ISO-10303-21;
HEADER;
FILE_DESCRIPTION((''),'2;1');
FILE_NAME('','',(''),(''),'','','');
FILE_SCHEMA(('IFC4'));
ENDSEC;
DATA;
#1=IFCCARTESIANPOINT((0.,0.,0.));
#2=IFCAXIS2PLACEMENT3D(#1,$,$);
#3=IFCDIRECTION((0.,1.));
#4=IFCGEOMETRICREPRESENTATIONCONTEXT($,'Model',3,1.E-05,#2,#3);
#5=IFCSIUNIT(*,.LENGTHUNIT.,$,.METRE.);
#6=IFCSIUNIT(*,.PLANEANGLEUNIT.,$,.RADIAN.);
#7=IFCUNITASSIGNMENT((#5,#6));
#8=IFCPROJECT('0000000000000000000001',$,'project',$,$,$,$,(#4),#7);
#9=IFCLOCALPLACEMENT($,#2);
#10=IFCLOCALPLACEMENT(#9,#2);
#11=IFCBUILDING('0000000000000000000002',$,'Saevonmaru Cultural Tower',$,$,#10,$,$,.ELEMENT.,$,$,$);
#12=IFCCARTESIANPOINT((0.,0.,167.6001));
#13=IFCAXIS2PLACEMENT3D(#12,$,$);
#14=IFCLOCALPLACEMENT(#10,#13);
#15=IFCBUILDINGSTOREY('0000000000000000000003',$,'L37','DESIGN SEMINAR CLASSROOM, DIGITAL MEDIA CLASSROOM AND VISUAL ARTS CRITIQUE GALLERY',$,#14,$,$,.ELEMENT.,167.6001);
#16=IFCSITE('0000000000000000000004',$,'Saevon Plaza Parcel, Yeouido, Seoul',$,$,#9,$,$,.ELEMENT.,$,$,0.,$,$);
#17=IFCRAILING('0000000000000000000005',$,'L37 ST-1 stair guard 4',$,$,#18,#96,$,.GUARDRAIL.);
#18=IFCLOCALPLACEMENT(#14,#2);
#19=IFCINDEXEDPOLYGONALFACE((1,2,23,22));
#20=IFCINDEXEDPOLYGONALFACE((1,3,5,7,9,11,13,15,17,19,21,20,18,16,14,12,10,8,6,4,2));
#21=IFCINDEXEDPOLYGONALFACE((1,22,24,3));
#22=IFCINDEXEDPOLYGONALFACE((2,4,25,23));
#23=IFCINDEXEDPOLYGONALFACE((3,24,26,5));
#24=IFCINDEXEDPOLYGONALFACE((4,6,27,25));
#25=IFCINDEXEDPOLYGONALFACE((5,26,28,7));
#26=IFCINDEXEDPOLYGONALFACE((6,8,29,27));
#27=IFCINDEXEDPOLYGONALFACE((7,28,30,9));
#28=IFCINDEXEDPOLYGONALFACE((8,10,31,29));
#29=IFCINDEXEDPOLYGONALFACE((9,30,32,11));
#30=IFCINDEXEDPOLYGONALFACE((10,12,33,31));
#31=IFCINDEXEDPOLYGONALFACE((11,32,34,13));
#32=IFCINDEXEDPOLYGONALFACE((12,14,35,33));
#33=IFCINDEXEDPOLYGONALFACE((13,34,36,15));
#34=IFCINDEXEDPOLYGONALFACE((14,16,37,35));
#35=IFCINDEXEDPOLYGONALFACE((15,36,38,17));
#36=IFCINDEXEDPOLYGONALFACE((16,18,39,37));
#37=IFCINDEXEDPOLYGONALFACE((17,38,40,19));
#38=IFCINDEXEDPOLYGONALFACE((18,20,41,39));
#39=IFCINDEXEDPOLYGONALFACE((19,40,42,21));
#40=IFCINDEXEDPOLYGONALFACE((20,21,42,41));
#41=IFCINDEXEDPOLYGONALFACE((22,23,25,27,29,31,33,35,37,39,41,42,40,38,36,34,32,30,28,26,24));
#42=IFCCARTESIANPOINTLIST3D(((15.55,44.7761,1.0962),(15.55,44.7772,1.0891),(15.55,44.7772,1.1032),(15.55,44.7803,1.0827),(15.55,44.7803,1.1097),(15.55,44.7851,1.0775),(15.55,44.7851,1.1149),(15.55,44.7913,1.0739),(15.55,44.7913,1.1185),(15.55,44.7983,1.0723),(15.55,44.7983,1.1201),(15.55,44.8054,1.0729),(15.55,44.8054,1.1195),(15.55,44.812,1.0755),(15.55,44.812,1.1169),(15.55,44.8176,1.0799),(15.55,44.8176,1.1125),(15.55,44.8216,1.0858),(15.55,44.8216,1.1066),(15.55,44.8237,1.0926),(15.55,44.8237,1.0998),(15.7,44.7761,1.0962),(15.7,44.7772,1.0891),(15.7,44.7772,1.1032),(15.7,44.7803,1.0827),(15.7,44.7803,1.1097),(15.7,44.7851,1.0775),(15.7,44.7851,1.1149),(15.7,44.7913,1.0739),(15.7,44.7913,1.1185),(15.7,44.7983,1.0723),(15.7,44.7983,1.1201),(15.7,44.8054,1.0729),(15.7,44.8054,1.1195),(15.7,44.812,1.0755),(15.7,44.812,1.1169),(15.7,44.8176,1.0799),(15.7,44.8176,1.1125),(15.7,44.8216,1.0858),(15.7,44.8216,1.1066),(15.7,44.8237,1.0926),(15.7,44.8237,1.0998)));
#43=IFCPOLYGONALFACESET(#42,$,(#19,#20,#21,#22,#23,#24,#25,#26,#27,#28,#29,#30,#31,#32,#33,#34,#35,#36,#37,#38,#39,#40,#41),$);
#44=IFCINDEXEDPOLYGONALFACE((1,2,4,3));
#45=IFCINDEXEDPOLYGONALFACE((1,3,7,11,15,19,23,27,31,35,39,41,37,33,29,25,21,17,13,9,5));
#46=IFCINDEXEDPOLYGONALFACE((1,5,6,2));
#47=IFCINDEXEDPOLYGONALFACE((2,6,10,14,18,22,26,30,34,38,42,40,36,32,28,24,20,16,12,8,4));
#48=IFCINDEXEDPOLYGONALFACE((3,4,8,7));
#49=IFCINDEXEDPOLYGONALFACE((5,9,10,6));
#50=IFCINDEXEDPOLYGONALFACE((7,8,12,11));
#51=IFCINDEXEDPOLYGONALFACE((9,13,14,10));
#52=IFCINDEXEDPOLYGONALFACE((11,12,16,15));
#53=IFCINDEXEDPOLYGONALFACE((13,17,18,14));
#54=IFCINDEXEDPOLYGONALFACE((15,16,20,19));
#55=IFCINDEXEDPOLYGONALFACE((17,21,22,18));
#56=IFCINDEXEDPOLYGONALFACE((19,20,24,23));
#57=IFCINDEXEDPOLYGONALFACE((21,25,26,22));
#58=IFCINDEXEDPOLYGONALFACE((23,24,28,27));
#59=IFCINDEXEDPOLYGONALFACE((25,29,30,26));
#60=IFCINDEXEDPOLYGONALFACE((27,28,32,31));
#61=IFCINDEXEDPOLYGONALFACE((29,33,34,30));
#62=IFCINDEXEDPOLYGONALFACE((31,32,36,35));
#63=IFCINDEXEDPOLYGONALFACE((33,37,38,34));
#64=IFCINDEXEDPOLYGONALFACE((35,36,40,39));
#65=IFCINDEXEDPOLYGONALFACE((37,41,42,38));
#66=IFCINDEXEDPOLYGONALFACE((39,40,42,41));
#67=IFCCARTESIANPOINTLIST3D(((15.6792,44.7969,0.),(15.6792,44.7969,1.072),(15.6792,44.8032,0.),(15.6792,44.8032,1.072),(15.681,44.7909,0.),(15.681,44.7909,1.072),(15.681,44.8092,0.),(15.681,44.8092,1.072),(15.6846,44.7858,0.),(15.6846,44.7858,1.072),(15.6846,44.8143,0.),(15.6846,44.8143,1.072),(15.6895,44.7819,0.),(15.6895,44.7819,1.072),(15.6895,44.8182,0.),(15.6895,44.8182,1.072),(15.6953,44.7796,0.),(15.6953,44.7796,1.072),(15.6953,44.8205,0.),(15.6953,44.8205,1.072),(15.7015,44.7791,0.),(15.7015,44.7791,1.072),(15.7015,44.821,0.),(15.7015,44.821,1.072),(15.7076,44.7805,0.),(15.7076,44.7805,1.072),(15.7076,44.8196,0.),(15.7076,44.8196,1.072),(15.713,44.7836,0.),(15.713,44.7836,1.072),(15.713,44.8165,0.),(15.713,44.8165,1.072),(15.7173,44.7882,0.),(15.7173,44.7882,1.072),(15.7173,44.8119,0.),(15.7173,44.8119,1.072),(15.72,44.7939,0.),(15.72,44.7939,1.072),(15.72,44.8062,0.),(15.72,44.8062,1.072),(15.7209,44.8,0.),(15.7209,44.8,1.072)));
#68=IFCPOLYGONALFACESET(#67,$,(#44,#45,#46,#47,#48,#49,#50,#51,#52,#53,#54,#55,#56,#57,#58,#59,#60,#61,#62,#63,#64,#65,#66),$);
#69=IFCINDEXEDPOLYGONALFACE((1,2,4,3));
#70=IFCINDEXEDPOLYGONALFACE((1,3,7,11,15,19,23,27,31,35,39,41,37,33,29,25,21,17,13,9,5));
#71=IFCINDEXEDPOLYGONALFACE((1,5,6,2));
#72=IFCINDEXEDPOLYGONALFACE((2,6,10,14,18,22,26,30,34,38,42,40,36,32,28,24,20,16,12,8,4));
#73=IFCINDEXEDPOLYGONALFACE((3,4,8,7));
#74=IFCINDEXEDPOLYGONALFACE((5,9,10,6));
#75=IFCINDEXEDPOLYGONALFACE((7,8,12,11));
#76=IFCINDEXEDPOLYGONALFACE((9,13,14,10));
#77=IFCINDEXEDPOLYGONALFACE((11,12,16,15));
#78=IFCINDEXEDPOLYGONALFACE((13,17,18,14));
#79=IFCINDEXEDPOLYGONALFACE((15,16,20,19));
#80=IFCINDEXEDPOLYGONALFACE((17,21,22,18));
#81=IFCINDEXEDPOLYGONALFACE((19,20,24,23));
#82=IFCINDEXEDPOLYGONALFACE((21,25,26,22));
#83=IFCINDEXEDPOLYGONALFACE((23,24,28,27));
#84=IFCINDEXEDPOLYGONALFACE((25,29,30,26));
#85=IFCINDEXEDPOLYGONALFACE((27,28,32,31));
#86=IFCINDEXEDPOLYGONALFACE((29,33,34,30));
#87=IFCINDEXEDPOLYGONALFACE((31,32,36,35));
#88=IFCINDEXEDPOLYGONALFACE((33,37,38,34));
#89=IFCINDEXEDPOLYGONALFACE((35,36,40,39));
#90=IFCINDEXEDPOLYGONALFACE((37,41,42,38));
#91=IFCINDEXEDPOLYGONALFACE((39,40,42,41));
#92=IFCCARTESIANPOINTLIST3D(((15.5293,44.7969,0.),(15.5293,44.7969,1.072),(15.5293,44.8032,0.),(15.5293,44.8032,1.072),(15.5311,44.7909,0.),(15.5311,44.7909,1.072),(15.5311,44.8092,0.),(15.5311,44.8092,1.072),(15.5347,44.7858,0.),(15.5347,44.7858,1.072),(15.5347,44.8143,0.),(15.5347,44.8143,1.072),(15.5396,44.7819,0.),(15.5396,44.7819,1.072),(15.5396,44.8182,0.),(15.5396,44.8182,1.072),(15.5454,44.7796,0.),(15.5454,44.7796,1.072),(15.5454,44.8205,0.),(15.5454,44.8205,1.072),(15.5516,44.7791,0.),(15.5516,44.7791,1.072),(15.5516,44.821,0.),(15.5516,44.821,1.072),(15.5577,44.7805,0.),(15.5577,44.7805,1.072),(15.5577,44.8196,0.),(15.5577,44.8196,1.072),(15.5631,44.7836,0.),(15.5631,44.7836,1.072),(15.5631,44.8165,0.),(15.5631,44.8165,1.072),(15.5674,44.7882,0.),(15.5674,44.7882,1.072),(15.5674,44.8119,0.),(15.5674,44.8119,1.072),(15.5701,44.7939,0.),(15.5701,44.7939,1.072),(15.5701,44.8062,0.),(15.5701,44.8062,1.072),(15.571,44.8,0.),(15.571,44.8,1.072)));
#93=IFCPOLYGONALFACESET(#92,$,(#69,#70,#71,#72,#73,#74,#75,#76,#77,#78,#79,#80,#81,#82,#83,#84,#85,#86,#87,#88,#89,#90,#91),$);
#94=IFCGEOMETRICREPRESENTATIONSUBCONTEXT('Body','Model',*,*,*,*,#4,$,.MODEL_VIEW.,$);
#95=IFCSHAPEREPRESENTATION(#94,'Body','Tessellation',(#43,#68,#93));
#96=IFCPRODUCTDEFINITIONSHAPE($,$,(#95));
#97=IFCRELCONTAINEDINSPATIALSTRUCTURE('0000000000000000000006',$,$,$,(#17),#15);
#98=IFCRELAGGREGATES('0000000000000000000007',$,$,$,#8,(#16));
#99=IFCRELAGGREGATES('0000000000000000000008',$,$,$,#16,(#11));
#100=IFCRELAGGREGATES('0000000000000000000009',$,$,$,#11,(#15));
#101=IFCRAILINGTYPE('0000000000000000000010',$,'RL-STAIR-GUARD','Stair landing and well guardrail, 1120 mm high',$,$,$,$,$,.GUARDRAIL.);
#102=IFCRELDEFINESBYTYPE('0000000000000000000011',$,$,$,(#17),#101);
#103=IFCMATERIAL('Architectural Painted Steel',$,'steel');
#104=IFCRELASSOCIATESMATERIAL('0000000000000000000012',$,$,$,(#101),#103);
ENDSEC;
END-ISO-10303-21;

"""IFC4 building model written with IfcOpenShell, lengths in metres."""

from ifc_helpers import new_model, si_unit, direction, frame, origin, origin_2d, place, context, subcontext, project, spatial, circle, extrude, material, type_object, element, save


model = new_model("IFC4")

# Units and contexts
model_context = context("Model", 3, precision=1e-05, world=origin(), true_north=direction((0.0, 1.0)))
body_context = subcontext(model_context, "Body", "Model", "MODEL_VIEW")
ifc_project = project(units=[si_unit("LENGTHUNIT", "METRE"), si_unit("PLANEANGLEUNIT", "RADIAN")], contexts=[model_context])

# Site, building, storey
site_placement = place(None, origin())
site = spatial("IfcSite", under=ifc_project, at=site_placement, Name="Saevon Plaza Parcel, Yeouido, Seoul", CompositionType="ELEMENT", RefElevation=0.0)
building_placement = place(site_placement, origin())
building = spatial("IfcBuilding", under=site, at=building_placement, Name="Saevonmaru Cultural Tower", CompositionType="ELEMENT")
storey_placement = place(building_placement, frame((0.0, 0.0, 167.6001)))
storey = spatial("IfcBuildingStorey", under=building, at=storey_placement, Name="L37", Description="DESIGN SEMINAR CLASSROOM, DIGITAL MEDIA CLASSROOM AND VISUAL ARTS CRITIQUE GALLERY", CompositionType="ELEMENT", Elevation=167.6001)

# Railing
ifc_material_1 = material(Name="Architectural Painted Steel", Category="steel")
railing_type_1 = type_object("IfcRailingType", Name="RL-STAIR-GUARD", Description="Stair landing and well guardrail, 1120 mm high", PredefinedType="GUARDRAIL", material=ifc_material_1)
railing_1_placement = place(storey_placement, frame((15.7, 44.8, 0.0)))
element("IfcRailing", 1, at=railing_1_placement, inside=storey, type_object=railing_type_1, Name="L37 ST-1 stair guard 4", PredefinedType="GUARDRAIL", context=body_context, shape_type="SweptSolid", body=[
    extrude(circle(Radius=0.0239, at=origin_2d()), frame((0.0, 0.0, 1.0962), z_axis=(-1.0, 0.0, 0.0), x_axis=(0.0, -1.0, 0.0)), (0.0, 0.0, 1.0), 0.1499),
    extrude(circle(Radius=0.021, at=origin_2d()), origin(), (0.0, 0.0, 1.0), 1.072),
    extrude(circle(Radius=0.021, at=origin_2d()), frame((-0.1499, 0.0, 0.0)), (0.0, 0.0, 1.0), 1.072),
])

save(model, "model.ifc")
